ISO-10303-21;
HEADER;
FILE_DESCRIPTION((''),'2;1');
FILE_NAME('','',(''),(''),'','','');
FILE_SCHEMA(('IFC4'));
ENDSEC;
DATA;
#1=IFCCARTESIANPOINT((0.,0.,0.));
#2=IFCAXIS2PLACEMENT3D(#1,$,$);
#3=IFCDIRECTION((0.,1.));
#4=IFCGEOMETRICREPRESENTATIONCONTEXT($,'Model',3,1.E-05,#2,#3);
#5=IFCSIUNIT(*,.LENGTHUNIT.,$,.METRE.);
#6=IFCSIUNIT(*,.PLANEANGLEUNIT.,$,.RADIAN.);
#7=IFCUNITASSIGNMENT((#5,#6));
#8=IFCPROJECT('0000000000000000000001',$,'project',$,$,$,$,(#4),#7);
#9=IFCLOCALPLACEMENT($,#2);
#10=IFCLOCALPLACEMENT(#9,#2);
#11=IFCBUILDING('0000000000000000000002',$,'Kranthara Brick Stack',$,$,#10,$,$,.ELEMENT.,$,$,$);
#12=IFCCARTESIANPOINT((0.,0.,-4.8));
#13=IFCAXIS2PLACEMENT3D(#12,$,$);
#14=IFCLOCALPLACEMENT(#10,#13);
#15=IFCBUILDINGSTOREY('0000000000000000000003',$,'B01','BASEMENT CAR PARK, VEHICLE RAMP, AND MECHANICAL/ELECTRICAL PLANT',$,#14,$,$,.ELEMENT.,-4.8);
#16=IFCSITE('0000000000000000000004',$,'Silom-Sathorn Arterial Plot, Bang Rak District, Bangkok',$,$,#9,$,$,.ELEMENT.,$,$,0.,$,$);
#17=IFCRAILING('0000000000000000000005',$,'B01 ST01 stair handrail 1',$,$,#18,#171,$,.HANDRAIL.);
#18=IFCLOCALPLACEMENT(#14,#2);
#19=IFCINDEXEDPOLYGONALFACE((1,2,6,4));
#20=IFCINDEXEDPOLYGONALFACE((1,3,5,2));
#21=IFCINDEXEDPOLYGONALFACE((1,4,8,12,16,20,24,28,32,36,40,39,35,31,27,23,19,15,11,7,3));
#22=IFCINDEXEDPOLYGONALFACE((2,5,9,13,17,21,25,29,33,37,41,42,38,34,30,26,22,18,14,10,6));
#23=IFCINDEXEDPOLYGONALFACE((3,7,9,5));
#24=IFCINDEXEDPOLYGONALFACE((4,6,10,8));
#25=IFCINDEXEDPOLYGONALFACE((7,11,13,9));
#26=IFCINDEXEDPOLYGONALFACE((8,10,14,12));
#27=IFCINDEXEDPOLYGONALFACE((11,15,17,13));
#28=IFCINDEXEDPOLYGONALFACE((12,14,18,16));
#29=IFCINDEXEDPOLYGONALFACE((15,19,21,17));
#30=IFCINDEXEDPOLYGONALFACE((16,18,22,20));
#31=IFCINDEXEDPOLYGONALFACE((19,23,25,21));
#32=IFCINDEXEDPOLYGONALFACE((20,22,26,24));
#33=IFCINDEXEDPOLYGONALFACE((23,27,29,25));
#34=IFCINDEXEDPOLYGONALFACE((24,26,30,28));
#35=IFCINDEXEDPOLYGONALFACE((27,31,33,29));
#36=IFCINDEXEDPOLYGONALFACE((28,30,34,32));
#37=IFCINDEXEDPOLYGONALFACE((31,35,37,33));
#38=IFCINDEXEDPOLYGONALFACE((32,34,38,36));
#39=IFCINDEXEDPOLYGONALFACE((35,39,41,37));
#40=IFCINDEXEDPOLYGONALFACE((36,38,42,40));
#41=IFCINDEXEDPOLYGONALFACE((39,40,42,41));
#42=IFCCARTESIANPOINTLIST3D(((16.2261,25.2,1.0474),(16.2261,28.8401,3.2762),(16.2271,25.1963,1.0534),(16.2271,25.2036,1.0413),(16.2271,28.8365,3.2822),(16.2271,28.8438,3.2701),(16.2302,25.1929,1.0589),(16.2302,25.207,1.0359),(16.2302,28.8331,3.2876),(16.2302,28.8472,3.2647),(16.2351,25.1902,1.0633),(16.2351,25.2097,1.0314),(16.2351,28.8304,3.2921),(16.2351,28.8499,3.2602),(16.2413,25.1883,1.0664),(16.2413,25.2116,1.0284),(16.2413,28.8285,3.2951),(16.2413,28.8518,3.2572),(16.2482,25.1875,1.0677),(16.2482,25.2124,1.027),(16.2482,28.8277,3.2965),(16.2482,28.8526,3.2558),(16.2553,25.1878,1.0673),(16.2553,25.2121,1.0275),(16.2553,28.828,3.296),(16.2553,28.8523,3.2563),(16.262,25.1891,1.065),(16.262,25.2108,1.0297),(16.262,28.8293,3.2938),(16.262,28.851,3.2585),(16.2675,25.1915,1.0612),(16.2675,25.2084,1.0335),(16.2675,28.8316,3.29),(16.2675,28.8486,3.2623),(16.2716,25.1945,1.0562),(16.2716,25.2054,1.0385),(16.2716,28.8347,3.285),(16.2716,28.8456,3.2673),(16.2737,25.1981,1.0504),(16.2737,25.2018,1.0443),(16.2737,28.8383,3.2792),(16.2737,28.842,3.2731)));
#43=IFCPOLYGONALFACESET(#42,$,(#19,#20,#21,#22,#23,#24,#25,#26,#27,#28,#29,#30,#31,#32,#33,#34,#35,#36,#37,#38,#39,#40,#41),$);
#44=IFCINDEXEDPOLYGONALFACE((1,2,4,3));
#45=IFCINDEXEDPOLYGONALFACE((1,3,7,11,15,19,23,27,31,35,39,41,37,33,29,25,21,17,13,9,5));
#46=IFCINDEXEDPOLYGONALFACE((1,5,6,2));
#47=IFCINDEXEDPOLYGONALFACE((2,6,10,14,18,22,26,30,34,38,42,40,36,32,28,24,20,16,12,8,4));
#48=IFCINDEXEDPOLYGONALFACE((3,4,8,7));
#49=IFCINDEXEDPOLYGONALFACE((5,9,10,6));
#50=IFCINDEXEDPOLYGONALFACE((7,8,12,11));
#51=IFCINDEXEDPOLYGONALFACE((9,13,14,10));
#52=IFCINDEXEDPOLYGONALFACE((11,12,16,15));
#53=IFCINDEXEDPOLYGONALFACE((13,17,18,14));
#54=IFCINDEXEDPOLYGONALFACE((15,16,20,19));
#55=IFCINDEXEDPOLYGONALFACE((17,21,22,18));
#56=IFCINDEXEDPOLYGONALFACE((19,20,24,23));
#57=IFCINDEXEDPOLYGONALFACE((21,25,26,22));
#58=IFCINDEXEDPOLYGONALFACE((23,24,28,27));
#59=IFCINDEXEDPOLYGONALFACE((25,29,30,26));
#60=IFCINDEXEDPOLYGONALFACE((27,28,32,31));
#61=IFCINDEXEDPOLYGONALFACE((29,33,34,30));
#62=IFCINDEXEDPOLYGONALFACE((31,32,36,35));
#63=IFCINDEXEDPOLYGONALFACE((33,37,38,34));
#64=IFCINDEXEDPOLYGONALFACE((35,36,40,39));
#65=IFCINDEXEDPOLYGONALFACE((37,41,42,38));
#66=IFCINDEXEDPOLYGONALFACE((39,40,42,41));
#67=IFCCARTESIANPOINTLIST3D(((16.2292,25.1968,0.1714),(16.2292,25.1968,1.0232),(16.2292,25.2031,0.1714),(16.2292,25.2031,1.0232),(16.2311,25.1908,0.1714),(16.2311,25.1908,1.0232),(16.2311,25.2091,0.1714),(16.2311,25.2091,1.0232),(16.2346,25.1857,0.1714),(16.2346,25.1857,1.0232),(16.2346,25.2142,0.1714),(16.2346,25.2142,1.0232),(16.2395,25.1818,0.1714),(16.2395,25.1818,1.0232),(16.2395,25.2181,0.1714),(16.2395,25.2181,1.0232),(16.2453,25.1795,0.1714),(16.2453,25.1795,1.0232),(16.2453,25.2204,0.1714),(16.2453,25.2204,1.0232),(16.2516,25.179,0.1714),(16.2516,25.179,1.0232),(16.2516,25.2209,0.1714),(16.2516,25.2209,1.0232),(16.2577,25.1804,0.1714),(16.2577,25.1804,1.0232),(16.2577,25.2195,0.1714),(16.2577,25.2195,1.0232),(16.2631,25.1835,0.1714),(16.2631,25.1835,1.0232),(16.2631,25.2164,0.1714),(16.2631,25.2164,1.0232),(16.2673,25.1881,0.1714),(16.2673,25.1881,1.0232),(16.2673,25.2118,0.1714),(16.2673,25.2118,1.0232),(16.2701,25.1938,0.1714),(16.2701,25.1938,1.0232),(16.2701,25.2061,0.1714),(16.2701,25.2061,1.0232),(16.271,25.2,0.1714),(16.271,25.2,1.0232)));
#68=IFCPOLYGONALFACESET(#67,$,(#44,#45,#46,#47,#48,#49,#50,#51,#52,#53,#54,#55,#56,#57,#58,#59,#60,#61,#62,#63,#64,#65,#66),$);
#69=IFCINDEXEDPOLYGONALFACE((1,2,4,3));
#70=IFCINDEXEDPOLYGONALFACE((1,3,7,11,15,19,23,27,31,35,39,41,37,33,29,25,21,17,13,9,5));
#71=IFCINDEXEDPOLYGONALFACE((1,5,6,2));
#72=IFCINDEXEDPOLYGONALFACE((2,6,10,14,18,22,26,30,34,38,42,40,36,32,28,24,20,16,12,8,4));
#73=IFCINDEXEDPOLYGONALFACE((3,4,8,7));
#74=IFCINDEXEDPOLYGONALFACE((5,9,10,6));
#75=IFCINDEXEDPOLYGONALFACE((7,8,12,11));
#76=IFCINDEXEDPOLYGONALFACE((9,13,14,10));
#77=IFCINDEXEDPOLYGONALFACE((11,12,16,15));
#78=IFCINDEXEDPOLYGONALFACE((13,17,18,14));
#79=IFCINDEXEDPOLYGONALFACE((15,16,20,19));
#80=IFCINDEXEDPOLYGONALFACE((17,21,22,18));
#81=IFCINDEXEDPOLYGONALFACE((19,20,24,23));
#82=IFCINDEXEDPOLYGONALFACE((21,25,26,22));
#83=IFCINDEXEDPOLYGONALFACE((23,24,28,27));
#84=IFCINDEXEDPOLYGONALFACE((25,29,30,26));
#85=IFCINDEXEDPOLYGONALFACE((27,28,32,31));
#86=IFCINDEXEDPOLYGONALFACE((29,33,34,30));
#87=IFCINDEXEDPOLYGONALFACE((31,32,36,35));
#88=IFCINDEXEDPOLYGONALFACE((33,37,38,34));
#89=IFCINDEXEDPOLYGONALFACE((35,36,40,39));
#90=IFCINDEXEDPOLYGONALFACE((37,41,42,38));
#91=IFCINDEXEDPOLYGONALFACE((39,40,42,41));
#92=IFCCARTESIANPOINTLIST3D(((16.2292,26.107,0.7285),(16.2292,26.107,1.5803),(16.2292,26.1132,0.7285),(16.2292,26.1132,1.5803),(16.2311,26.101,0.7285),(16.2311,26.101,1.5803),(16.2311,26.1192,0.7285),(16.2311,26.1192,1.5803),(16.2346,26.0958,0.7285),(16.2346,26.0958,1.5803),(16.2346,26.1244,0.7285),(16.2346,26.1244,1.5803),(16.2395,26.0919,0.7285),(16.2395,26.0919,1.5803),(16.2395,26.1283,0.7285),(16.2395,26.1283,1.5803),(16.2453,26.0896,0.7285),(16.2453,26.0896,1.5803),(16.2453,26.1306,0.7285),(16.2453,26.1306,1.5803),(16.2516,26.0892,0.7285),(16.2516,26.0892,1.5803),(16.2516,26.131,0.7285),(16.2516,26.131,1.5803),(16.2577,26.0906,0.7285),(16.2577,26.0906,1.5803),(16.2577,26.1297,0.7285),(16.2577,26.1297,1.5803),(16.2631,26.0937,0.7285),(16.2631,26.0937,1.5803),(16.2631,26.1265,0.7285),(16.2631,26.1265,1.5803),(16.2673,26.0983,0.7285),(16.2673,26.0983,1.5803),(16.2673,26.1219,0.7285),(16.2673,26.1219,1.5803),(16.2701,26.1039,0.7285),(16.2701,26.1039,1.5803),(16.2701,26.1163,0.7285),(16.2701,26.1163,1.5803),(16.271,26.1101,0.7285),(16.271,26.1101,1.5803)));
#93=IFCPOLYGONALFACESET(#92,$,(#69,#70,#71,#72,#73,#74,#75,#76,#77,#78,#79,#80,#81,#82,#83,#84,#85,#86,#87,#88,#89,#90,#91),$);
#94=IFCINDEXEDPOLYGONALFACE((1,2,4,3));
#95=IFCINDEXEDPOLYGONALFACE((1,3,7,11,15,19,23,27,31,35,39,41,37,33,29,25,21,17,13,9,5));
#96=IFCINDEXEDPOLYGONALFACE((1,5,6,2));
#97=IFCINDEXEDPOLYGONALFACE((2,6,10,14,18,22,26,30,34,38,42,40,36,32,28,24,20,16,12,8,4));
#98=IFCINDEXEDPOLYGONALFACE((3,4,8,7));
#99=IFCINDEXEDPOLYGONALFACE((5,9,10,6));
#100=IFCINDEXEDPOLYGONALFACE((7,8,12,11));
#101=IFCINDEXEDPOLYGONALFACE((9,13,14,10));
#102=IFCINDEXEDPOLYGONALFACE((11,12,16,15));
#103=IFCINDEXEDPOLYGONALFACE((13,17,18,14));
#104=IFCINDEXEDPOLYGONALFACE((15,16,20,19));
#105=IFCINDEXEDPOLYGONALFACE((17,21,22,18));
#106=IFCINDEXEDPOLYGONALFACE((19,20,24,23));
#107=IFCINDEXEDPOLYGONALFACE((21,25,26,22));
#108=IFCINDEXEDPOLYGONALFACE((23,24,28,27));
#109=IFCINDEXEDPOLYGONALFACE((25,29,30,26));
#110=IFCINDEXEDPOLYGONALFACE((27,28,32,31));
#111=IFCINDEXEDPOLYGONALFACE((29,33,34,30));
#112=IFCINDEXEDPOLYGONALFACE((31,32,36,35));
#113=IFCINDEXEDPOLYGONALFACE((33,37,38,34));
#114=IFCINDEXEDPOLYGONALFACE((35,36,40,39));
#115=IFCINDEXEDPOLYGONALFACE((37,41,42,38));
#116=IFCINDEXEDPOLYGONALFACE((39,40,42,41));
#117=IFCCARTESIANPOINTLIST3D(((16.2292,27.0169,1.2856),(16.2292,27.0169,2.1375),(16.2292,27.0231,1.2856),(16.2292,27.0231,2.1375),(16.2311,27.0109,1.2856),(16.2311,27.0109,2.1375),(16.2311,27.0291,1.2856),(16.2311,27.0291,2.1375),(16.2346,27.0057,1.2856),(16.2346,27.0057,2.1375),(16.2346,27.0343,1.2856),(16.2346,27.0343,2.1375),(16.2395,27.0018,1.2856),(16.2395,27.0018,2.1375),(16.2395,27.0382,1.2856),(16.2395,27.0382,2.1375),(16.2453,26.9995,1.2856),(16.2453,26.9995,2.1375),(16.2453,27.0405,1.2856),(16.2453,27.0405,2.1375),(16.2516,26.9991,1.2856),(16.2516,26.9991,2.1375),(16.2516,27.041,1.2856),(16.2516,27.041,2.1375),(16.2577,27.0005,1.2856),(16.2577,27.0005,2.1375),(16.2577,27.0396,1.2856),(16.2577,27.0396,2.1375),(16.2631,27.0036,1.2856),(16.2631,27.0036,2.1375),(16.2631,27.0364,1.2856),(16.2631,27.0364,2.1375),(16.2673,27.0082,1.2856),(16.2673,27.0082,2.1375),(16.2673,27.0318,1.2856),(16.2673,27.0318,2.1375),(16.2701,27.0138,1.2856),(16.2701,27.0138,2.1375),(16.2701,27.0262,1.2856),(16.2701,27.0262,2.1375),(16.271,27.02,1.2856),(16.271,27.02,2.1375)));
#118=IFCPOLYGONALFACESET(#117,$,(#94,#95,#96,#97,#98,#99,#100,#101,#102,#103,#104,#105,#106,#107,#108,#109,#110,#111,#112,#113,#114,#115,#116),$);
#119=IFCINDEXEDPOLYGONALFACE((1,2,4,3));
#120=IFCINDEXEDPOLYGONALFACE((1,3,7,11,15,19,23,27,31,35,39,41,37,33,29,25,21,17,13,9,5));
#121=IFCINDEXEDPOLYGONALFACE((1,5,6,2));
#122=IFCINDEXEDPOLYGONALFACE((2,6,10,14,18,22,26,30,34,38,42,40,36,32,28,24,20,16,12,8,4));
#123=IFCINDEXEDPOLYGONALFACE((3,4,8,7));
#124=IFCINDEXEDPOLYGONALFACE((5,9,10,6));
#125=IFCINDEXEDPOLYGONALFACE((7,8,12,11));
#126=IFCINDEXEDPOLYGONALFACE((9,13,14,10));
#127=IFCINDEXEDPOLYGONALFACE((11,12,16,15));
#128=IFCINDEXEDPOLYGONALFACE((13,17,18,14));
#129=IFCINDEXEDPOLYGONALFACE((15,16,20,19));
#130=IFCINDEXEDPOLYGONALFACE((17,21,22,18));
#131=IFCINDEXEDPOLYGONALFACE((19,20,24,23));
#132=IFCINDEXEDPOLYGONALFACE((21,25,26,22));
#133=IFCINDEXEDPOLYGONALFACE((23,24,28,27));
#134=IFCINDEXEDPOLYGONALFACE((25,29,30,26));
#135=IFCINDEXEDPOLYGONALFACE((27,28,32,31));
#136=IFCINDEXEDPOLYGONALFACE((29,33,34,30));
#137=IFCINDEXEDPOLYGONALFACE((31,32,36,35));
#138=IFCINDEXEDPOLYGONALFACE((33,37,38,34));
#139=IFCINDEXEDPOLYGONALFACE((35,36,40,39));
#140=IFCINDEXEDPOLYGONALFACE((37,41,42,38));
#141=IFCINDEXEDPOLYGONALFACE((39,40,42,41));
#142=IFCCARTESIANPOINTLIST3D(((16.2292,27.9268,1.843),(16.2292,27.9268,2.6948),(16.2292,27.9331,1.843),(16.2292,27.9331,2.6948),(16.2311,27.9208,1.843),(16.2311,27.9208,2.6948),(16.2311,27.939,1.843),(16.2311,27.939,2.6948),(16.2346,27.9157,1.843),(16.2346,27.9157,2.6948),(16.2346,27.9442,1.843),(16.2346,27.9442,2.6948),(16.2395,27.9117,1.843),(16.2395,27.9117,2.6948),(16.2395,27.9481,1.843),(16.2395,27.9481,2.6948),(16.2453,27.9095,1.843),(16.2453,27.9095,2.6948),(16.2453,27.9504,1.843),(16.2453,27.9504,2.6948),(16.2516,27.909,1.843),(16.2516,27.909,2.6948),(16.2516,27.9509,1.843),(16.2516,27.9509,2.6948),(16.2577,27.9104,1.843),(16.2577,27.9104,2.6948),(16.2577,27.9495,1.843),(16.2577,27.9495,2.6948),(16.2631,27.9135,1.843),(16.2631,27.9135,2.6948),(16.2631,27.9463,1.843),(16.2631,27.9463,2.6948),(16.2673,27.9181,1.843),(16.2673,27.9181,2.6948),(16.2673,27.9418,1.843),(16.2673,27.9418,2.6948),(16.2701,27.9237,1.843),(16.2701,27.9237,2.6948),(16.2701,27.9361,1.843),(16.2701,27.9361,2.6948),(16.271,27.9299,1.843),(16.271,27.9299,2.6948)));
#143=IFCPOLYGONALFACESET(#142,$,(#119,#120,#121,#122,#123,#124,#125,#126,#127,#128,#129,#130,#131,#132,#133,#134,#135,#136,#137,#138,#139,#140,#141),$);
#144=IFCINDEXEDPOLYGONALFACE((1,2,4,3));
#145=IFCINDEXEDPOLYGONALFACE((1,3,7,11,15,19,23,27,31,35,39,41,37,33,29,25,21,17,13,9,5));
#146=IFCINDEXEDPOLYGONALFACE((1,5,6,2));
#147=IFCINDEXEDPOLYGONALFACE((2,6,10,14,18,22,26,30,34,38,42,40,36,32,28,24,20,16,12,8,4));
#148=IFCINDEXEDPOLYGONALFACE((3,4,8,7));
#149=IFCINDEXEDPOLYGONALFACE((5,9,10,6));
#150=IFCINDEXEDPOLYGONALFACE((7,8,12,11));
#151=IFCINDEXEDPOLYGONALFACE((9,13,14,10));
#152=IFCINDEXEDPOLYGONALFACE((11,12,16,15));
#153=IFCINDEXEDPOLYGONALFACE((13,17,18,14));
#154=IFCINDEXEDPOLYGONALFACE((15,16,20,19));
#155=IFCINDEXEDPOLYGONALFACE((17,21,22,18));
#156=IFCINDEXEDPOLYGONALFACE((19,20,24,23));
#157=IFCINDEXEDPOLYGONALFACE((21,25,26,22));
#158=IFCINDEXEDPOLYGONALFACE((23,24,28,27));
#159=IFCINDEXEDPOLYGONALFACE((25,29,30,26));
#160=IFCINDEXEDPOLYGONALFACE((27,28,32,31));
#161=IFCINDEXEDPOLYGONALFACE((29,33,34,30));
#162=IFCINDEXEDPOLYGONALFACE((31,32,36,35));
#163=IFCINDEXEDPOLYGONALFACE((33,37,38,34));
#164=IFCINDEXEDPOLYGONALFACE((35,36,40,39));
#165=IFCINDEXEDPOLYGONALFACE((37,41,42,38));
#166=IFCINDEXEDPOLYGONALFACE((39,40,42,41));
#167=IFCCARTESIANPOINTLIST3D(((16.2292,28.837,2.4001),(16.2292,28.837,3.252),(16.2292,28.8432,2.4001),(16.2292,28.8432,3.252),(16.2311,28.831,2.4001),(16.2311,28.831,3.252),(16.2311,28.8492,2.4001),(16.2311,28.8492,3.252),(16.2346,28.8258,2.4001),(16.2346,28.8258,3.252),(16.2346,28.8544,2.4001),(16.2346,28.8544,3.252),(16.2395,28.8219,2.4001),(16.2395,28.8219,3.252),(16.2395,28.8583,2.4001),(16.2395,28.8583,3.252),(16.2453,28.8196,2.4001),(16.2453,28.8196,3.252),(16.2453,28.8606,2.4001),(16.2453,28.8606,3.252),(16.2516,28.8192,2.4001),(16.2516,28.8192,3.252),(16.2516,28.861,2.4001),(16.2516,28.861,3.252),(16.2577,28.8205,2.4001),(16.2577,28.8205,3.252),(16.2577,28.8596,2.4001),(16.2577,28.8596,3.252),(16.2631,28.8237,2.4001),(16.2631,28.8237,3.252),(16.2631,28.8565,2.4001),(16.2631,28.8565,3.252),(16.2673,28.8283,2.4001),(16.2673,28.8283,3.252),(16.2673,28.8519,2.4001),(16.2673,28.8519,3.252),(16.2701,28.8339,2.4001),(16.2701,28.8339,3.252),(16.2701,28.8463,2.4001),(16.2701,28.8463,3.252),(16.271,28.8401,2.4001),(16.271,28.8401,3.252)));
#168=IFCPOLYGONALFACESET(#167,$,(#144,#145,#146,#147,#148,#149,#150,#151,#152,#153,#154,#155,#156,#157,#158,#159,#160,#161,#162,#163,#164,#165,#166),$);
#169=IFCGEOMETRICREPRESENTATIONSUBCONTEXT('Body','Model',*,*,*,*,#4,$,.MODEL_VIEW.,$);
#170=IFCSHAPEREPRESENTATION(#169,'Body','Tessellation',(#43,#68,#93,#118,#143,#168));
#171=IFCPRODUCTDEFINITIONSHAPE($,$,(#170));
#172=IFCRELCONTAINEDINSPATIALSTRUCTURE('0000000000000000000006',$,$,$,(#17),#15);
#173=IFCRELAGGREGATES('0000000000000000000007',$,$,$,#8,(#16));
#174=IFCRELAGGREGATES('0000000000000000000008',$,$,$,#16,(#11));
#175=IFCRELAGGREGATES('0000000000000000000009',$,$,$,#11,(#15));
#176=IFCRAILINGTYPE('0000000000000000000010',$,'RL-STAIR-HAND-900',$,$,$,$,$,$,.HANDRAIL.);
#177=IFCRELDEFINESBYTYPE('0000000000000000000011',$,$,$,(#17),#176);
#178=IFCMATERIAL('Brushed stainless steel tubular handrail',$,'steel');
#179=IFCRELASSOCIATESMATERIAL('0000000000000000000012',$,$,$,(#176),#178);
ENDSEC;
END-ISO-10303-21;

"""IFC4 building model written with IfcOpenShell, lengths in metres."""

from ifc_helpers import new_model, si_unit, direction, frame, origin, origin_2d, place, context, subcontext, project, spatial, circle, extrude, material, type_object, element, save


model = new_model("IFC4")

# Units and contexts
model_context = context("Model", 3, precision=1e-05, world=origin(), true_north=direction((0.0, 1.0)))
body_context = subcontext(model_context, "Body", "Model", "MODEL_VIEW")
ifc_project = project(units=[si_unit("LENGTHUNIT", "METRE"), si_unit("PLANEANGLEUNIT", "RADIAN")], contexts=[model_context])

# Site, building, storey
site_placement = place(None, origin())
site = spatial("IfcSite", under=ifc_project, at=site_placement, Name="Silom-Sathorn Arterial Plot, Bang Rak District, Bangkok", CompositionType="ELEMENT", RefElevation=0.0)
building_placement = place(site_placement, origin())
building = spatial("IfcBuilding", under=site, at=building_placement, Name="Kranthara Brick Stack", CompositionType="ELEMENT")
storey_placement = place(building_placement, frame((0.0, 0.0, -4.8)))
storey = spatial("IfcBuildingStorey", under=building, at=storey_placement, Name="B01", Description="BASEMENT CAR PARK, VEHICLE RAMP, AND MECHANICAL/ELECTRICAL PLANT", CompositionType="ELEMENT", Elevation=-4.8)

# Railing
ifc_material_1 = material(Name="Brushed stainless steel tubular handrail", Category="steel")
railing_type_1 = type_object("IfcRailingType", Name="RL-STAIR-HAND-900", PredefinedType="HANDRAIL", material=ifc_material_1)
railing_1_placement = place(storey_placement, frame((16.25, 25.2, 0.1714)))
element("IfcRailing", 1, at=railing_1_placement, inside=storey, type_object=railing_type_1, Name="B01 ST01 stair handrail 1", PredefinedType="HANDRAIL", context=body_context, shape_type="SweptSolid", body=[
    extrude(circle(Radius=0.0239, at=origin_2d()), frame((0.0, 0.0, 0.876), z_axis=(0.0, 0.85284, 0.522172), x_axis=(-1.0, 0.0, 0.0)), (0.0, 0.0, 1.0), 4.2683),
    extrude(circle(Radius=0.021, at=origin_2d()), origin(), (0.0, 0.0, 1.0), 0.8518),
    extrude(circle(Radius=0.021, at=origin_2d()), frame((0.0, 0.9102, 0.5571)), (0.0, 0.0, 1.0), 0.8518),
    extrude(circle(Radius=0.021, at=origin_2d()), frame((0.0, 1.8201, 1.1143)), (0.0, 0.0, 1.0), 0.8518),
    extrude(circle(Radius=0.021, at=origin_2d()), frame((0.0, 2.73, 1.6716)), (0.0, 0.0, 1.0), 0.8518),
    extrude(circle(Radius=0.021, at=origin_2d()), frame((0.0, 3.6401, 2.2288)), (0.0, 0.0, 1.0), 0.8518),
])

save(model, "model.ifc")
